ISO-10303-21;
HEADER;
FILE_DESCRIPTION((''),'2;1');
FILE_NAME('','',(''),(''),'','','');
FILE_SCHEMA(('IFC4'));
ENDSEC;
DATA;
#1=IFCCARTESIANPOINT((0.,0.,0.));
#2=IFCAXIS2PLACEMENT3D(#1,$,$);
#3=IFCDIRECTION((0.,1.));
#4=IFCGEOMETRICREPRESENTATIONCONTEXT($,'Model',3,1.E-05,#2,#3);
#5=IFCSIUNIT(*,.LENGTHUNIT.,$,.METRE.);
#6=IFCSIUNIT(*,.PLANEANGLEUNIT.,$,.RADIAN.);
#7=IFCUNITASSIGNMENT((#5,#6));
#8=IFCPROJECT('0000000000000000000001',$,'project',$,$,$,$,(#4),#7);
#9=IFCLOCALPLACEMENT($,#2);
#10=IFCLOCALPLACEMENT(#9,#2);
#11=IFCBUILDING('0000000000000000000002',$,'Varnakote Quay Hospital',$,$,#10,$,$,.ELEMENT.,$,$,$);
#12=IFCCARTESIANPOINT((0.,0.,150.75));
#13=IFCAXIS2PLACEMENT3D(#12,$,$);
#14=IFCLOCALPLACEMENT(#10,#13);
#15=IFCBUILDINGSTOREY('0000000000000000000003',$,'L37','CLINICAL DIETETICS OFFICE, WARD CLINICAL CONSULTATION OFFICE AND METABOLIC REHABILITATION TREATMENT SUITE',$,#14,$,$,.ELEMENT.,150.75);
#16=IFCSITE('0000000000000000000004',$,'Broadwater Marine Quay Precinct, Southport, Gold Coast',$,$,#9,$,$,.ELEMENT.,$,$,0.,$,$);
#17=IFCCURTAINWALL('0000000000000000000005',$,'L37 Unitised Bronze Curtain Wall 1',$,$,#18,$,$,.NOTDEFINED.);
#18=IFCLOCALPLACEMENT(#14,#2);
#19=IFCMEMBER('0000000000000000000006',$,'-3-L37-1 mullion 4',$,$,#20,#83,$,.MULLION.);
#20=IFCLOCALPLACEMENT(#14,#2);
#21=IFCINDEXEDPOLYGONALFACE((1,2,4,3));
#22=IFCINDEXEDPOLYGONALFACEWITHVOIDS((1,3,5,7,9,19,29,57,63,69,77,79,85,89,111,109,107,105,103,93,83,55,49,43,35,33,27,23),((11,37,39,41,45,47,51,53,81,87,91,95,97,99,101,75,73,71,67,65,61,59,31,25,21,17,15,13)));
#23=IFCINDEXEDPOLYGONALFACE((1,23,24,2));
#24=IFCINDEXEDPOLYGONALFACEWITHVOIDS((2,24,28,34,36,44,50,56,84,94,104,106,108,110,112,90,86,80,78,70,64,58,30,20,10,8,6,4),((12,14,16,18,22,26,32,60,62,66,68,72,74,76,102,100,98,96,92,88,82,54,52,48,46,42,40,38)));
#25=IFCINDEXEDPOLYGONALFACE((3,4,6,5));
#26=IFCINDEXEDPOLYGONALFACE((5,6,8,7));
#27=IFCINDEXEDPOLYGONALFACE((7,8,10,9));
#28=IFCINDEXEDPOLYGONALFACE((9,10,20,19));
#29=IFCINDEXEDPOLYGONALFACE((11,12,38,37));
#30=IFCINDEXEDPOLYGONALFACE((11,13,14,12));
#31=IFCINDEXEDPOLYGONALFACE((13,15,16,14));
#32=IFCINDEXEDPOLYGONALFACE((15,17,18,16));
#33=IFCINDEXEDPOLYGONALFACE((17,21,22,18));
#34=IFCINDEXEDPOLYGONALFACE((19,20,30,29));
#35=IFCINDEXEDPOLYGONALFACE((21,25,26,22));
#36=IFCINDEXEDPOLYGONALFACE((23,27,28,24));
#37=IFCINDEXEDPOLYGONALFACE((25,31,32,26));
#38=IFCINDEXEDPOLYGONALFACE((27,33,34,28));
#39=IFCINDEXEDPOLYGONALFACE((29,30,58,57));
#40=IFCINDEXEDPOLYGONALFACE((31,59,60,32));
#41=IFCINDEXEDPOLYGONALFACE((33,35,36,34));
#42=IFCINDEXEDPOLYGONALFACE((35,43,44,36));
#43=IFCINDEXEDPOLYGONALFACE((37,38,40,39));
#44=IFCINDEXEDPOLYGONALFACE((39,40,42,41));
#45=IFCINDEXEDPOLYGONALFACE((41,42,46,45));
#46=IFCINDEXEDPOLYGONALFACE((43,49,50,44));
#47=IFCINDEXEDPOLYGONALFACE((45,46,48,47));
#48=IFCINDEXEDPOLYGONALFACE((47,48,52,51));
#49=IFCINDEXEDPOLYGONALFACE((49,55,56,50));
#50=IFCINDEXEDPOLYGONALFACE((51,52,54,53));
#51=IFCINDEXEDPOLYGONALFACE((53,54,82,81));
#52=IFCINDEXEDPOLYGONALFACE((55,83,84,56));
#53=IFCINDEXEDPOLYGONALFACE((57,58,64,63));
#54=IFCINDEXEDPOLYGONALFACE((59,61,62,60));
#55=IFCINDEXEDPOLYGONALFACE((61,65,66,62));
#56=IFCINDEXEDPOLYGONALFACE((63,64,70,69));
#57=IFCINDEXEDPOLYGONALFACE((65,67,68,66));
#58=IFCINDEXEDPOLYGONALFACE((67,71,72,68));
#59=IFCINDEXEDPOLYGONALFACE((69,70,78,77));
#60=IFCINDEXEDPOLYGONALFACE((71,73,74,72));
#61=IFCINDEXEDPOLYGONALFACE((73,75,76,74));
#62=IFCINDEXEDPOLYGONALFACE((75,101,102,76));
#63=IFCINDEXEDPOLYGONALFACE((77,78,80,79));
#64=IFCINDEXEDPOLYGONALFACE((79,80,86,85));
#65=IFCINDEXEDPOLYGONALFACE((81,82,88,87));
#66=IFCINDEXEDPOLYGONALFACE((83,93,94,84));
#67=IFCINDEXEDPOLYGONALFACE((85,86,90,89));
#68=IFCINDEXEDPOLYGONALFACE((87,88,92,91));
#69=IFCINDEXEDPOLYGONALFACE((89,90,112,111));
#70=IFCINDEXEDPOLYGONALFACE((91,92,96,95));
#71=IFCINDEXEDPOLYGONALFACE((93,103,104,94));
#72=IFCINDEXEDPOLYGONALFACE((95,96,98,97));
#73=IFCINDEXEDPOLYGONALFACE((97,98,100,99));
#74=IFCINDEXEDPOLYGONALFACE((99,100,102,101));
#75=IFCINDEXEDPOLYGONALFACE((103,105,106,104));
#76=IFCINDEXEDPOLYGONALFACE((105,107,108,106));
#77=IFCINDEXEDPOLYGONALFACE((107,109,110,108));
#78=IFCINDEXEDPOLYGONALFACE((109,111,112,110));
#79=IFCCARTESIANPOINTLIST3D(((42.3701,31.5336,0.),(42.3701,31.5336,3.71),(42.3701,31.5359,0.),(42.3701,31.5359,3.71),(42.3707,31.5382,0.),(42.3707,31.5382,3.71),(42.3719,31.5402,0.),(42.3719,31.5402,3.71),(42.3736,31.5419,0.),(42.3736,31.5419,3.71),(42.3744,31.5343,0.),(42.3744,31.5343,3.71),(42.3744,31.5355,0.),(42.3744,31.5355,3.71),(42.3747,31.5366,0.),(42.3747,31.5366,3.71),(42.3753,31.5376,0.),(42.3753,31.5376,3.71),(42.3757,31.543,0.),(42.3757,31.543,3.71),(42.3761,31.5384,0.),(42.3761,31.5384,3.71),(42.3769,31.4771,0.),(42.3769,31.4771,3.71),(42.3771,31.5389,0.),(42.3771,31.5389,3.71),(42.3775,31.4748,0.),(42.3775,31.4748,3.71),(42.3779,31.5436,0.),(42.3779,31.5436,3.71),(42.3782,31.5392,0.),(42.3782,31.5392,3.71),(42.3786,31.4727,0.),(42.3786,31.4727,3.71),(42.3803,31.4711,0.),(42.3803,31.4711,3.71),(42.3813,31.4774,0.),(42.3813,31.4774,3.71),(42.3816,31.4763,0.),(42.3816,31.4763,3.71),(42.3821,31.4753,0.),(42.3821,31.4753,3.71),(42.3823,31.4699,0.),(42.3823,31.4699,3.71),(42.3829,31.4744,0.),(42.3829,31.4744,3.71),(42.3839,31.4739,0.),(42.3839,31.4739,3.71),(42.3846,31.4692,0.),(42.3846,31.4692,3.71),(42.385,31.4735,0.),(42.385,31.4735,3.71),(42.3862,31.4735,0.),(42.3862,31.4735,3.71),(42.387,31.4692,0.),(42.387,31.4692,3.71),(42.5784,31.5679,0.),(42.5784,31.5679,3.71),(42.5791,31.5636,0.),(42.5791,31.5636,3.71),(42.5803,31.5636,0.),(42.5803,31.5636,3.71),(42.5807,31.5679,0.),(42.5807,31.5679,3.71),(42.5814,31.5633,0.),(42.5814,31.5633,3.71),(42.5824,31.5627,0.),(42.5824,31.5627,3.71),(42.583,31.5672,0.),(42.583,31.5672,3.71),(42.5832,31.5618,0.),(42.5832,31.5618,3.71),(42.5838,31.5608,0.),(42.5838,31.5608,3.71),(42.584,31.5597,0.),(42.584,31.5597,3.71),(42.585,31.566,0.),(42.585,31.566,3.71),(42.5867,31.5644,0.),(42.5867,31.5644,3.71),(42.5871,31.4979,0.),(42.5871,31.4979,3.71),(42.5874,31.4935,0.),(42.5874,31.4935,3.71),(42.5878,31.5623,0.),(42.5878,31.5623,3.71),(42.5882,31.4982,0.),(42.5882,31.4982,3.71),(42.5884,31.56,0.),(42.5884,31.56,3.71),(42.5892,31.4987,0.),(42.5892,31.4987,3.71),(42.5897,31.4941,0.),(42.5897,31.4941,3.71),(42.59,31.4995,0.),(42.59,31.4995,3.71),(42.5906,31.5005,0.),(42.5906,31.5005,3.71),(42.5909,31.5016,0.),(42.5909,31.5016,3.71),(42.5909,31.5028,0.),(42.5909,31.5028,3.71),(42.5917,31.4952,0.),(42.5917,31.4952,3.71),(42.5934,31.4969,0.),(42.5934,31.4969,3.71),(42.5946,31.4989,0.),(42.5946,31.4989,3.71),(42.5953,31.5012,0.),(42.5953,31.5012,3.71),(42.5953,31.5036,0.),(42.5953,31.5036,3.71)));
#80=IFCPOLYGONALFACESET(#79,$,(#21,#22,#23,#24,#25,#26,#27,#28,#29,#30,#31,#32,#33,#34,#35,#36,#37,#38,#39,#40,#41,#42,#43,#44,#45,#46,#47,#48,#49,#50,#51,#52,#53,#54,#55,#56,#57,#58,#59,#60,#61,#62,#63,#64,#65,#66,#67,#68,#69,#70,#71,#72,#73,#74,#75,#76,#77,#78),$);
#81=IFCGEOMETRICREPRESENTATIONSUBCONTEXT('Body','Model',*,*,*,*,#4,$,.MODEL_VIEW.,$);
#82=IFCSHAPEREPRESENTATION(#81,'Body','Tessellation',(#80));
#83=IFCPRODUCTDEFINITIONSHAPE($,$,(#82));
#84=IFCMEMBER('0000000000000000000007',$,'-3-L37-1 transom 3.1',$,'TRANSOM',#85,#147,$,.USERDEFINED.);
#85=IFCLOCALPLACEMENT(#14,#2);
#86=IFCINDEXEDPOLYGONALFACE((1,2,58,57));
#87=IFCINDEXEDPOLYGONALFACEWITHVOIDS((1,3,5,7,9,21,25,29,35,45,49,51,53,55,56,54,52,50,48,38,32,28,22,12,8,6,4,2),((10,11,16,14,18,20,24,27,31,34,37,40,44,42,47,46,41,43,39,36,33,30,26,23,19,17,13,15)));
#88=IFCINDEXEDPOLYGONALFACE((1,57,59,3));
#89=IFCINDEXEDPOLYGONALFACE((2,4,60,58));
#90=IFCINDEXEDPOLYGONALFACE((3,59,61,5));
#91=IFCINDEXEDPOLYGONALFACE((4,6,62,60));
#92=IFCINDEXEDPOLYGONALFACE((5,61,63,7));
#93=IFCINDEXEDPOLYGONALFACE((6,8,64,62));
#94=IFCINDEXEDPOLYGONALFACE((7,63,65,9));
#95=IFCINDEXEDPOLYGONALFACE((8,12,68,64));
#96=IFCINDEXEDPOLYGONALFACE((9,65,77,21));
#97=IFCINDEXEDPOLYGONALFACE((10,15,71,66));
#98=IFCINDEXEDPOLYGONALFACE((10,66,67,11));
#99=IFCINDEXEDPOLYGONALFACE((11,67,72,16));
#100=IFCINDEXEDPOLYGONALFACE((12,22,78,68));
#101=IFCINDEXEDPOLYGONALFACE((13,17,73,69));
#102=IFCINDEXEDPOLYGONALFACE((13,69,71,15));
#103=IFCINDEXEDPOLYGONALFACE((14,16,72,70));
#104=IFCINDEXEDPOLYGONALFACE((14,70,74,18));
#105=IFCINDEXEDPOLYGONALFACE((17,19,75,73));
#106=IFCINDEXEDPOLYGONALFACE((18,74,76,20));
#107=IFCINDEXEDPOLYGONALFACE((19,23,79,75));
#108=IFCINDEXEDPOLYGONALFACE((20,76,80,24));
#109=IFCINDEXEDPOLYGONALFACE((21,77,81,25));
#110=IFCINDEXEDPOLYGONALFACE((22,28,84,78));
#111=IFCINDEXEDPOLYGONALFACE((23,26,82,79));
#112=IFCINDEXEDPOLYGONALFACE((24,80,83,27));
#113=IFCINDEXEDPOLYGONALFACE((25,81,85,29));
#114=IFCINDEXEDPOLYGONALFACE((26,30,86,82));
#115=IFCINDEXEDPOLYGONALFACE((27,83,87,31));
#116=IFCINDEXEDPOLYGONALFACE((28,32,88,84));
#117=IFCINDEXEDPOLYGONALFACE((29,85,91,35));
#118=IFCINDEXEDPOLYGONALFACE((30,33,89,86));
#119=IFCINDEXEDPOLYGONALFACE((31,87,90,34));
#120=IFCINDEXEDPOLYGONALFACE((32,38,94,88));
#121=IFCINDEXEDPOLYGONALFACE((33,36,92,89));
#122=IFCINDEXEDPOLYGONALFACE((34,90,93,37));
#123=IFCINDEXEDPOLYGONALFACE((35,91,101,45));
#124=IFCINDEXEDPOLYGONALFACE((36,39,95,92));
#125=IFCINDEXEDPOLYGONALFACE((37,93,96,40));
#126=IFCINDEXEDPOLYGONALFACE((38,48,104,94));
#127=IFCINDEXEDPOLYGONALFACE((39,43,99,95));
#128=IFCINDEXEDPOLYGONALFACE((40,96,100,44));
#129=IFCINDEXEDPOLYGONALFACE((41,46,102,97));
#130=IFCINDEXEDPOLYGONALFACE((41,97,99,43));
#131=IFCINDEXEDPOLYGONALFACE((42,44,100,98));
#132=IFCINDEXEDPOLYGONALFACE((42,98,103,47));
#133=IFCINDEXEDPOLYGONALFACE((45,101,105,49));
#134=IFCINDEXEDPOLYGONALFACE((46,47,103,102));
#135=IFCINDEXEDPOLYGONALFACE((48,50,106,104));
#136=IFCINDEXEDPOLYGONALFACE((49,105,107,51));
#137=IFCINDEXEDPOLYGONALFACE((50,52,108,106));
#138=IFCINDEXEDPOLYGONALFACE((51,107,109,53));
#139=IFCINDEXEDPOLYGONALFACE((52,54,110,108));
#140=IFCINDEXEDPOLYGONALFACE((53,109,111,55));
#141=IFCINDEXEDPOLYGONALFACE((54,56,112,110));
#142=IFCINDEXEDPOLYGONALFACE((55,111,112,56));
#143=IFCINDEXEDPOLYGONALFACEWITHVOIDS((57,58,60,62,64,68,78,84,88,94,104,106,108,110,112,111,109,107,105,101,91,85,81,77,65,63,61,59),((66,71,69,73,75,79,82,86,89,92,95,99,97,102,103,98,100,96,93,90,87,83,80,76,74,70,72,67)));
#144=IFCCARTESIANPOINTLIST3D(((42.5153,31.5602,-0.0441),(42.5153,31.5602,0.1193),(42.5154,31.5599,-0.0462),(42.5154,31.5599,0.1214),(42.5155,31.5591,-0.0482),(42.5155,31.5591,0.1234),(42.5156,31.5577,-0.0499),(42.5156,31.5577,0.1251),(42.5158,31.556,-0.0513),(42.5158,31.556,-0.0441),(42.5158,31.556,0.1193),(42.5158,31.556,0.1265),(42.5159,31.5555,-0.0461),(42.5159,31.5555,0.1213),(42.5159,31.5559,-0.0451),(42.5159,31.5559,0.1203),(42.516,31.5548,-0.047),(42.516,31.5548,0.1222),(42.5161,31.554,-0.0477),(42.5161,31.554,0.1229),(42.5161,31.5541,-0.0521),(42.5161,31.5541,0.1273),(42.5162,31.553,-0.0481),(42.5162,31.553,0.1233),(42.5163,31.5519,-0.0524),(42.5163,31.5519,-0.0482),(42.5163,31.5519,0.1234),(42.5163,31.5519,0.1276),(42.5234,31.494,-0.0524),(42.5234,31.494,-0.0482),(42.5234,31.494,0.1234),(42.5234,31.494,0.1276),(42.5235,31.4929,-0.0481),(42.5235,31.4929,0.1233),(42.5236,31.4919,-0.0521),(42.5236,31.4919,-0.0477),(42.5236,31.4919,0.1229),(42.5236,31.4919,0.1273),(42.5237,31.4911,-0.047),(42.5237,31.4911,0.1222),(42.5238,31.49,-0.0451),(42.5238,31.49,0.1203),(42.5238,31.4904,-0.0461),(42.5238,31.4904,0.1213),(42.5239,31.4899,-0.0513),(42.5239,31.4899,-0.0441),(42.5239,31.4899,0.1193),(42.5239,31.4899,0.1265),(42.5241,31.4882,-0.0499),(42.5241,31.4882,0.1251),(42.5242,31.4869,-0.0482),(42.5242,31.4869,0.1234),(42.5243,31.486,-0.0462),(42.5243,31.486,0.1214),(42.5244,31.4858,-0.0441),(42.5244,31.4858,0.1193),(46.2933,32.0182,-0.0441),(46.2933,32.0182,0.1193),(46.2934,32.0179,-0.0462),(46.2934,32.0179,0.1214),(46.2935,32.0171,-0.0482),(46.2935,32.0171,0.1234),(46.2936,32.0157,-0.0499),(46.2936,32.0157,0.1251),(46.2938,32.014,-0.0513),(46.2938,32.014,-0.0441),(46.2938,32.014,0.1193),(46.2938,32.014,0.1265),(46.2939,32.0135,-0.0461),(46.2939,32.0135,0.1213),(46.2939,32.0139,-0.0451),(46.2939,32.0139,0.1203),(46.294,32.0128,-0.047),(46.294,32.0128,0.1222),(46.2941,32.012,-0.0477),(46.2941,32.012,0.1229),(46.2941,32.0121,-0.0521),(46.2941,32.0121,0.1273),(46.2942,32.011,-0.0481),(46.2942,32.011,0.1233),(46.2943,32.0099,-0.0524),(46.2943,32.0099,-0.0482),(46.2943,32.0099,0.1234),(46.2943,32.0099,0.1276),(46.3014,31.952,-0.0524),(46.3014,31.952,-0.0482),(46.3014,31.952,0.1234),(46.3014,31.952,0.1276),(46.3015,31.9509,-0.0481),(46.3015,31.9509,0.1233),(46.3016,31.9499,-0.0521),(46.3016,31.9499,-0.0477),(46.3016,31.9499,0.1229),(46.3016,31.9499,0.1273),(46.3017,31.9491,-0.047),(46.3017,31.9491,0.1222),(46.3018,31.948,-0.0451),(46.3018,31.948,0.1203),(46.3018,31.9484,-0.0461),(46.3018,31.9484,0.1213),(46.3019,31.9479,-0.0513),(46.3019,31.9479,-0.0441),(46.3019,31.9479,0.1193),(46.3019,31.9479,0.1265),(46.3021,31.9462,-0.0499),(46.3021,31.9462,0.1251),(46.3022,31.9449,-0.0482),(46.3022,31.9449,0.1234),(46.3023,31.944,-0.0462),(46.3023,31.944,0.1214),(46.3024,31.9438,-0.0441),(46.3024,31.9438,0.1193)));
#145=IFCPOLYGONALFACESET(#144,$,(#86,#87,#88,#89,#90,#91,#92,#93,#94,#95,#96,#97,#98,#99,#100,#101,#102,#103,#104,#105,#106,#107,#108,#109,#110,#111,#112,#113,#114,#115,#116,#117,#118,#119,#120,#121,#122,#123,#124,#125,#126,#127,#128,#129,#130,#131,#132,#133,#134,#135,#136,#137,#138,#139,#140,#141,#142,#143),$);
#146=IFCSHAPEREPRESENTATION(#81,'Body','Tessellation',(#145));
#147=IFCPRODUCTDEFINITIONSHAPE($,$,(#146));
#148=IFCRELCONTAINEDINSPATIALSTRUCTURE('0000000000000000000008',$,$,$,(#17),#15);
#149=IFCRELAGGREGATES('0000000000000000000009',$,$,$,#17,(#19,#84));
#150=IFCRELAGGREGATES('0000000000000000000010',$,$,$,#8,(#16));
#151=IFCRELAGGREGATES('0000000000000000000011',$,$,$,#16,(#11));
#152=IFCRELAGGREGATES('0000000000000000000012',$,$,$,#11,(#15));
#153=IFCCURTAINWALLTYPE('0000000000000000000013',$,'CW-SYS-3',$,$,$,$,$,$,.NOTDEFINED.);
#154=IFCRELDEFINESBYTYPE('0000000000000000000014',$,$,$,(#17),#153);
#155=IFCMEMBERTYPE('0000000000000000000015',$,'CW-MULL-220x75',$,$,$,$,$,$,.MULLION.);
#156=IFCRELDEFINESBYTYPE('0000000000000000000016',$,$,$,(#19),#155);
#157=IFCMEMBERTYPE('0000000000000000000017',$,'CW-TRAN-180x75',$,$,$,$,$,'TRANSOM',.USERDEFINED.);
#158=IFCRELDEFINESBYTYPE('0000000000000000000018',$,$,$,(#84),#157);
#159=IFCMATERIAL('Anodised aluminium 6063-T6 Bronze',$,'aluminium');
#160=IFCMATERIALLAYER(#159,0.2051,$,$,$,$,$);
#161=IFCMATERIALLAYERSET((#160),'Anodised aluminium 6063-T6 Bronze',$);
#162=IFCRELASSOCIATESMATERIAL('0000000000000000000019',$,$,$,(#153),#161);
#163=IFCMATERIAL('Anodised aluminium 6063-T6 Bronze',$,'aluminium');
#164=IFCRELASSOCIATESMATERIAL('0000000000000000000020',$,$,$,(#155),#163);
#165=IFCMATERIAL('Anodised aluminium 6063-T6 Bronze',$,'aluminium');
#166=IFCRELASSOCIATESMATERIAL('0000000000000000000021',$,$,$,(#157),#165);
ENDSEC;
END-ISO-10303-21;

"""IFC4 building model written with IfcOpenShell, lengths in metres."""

from ifc_helpers import new_model, si_unit, direction, frame, origin, origin_2d, place, context, subcontext, project, spatial, hollow_rectangle, extrude, material, layer, layer_set, material_profile, profile_set, type_object, element, aggregate, save


model = new_model("IFC4")

# Units and contexts
model_context = context("Model", 3, precision=1e-05, world=origin(), true_north=direction((0.0, 1.0)))
body_context = subcontext(model_context, "Body", "Model", "MODEL_VIEW")
ifc_project = project(units=[si_unit("LENGTHUNIT", "METRE"), si_unit("PLANEANGLEUNIT", "RADIAN")], contexts=[model_context])

# Site, building, storey
site_placement = place(None, origin())
site = spatial("IfcSite", under=ifc_project, at=site_placement, Name="Broadwater Marine Quay Precinct, Southport, Gold Coast", CompositionType="ELEMENT", RefElevation=0.0)
building_placement = place(site_placement, origin())
building = spatial("IfcBuilding", under=site, at=building_placement, Name="Varnakote Quay Hospital", CompositionType="ELEMENT")
storey_placement = place(building_placement, frame((0.0, 0.0, 150.75)))
storey = spatial("IfcBuildingStorey", under=building, at=storey_placement, Name="L37", Description="CLINICAL DIETETICS OFFICE, WARD CLINICAL CONSULTATION OFFICE AND METABOLIC REHABILITATION TREATMENT SUITE", CompositionType="ELEMENT", Elevation=150.75)

# Curtain wall, members
ifc_material_1 = material(Name="Anodised aluminium 6063-T6 Bronze", Category="aluminium")
ifc_layer_1 = layer(ifc_material_1, 0.2051)
ifc_layer_set_1 = layer_set([ifc_layer_1], Name="Anodised aluminium 6063-T6 Bronze")
curtain_wall_type = type_object("IfcCurtainWallType", Name="CW-SYS-3", PredefinedType="NOTDEFINED", material=ifc_layer_set_1)
curtain_wall_placement = place(storey_placement, origin())
curtain_wall = element("IfcCurtainWall", 1, at=curtain_wall_placement, inside=storey, type_object=curtain_wall_type, Name="L37 Unitised Bronze Curtain Wall 1", PredefinedType="NOTDEFINED")
ifc_material_2 = material(Name="Anodised aluminium 6063-T6 Bronze", Category="aluminium")
ifc_material_profile_1 = material_profile(ifc_material_2, hollow_rectangle(XDim=0.075, YDim=0.22, WallThickness=0.0044, InnerFilletRadius=0.0044, OuterFilletRadius=0.009, at=origin_2d()), Name="CW-MULL-220x75")
ifc_profile_set_1 = profile_set([ifc_material_profile_1], Name="Anodised aluminium 6063-T6 Bronze")
member_type_1 = type_object("IfcMemberType", Name="CW-MULL-220x75", PredefinedType="MULLION", material=ifc_profile_set_1)
member_1_placement = place(storey_placement, frame((42.4827, 31.5186, 0.0), z_axis=(0.0, 0.0, 1.0), x_axis=(0.120327, -0.992734, 0.0)))
member_1 = element("IfcMember", 2, at=member_1_placement, type_object=member_type_1, Name="-3-L37-1 mullion 4", PredefinedType="MULLION", context=body_context, shape_type="SweptSolid", body=[
    extrude(hollow_rectangle(XDim=0.075, YDim=0.22, WallThickness=0.0044, InnerFilletRadius=0.0044, OuterFilletRadius=0.009, at=origin_2d()), origin(), (0.0, 0.0, 1.0), 3.71),
])
ifc_material_3 = material(Name="Anodised aluminium 6063-T6 Bronze", Category="aluminium")
ifc_material_profile_2 = material_profile(ifc_material_3, hollow_rectangle(XDim=0.075, YDim=0.1799, WallThickness=0.0042, InnerFilletRadius=0.0042, OuterFilletRadius=0.0083, at=origin_2d()), Name="CW-TRAN-180x75")
ifc_profile_set_2 = profile_set([ifc_material_profile_2], Name="Anodised aluminium 6063-T6 Bronze")
member_type_2 = type_object("IfcMemberType", Name="CW-TRAN-180x75", ElementType="TRANSOM", PredefinedType="USERDEFINED", material=ifc_profile_set_2)
member_2_placement = place(storey_placement, frame((46.2979, 31.981, 0.0376), z_axis=(-0.992732, -0.120347, 0.0), x_axis=(0.120347, -0.992732, 0.0)))
member_2 = element("IfcMember", 3, at=member_2_placement, type_object=member_type_2, Name="-3-L37-1 transom 3.1", ObjectType="TRANSOM", PredefinedType="USERDEFINED", context=body_context, shape_type="SweptSolid", body=[
    extrude(hollow_rectangle(XDim=0.075, YDim=0.1799, WallThickness=0.0042, InnerFilletRadius=0.0042, OuterFilletRadius=0.0083, at=origin_2d()), origin(), (0.0, 0.0, 1.0), 3.8057),
])

aggregate(curtain_wall, [member_1, member_2])

save(model, "model.ifc")
